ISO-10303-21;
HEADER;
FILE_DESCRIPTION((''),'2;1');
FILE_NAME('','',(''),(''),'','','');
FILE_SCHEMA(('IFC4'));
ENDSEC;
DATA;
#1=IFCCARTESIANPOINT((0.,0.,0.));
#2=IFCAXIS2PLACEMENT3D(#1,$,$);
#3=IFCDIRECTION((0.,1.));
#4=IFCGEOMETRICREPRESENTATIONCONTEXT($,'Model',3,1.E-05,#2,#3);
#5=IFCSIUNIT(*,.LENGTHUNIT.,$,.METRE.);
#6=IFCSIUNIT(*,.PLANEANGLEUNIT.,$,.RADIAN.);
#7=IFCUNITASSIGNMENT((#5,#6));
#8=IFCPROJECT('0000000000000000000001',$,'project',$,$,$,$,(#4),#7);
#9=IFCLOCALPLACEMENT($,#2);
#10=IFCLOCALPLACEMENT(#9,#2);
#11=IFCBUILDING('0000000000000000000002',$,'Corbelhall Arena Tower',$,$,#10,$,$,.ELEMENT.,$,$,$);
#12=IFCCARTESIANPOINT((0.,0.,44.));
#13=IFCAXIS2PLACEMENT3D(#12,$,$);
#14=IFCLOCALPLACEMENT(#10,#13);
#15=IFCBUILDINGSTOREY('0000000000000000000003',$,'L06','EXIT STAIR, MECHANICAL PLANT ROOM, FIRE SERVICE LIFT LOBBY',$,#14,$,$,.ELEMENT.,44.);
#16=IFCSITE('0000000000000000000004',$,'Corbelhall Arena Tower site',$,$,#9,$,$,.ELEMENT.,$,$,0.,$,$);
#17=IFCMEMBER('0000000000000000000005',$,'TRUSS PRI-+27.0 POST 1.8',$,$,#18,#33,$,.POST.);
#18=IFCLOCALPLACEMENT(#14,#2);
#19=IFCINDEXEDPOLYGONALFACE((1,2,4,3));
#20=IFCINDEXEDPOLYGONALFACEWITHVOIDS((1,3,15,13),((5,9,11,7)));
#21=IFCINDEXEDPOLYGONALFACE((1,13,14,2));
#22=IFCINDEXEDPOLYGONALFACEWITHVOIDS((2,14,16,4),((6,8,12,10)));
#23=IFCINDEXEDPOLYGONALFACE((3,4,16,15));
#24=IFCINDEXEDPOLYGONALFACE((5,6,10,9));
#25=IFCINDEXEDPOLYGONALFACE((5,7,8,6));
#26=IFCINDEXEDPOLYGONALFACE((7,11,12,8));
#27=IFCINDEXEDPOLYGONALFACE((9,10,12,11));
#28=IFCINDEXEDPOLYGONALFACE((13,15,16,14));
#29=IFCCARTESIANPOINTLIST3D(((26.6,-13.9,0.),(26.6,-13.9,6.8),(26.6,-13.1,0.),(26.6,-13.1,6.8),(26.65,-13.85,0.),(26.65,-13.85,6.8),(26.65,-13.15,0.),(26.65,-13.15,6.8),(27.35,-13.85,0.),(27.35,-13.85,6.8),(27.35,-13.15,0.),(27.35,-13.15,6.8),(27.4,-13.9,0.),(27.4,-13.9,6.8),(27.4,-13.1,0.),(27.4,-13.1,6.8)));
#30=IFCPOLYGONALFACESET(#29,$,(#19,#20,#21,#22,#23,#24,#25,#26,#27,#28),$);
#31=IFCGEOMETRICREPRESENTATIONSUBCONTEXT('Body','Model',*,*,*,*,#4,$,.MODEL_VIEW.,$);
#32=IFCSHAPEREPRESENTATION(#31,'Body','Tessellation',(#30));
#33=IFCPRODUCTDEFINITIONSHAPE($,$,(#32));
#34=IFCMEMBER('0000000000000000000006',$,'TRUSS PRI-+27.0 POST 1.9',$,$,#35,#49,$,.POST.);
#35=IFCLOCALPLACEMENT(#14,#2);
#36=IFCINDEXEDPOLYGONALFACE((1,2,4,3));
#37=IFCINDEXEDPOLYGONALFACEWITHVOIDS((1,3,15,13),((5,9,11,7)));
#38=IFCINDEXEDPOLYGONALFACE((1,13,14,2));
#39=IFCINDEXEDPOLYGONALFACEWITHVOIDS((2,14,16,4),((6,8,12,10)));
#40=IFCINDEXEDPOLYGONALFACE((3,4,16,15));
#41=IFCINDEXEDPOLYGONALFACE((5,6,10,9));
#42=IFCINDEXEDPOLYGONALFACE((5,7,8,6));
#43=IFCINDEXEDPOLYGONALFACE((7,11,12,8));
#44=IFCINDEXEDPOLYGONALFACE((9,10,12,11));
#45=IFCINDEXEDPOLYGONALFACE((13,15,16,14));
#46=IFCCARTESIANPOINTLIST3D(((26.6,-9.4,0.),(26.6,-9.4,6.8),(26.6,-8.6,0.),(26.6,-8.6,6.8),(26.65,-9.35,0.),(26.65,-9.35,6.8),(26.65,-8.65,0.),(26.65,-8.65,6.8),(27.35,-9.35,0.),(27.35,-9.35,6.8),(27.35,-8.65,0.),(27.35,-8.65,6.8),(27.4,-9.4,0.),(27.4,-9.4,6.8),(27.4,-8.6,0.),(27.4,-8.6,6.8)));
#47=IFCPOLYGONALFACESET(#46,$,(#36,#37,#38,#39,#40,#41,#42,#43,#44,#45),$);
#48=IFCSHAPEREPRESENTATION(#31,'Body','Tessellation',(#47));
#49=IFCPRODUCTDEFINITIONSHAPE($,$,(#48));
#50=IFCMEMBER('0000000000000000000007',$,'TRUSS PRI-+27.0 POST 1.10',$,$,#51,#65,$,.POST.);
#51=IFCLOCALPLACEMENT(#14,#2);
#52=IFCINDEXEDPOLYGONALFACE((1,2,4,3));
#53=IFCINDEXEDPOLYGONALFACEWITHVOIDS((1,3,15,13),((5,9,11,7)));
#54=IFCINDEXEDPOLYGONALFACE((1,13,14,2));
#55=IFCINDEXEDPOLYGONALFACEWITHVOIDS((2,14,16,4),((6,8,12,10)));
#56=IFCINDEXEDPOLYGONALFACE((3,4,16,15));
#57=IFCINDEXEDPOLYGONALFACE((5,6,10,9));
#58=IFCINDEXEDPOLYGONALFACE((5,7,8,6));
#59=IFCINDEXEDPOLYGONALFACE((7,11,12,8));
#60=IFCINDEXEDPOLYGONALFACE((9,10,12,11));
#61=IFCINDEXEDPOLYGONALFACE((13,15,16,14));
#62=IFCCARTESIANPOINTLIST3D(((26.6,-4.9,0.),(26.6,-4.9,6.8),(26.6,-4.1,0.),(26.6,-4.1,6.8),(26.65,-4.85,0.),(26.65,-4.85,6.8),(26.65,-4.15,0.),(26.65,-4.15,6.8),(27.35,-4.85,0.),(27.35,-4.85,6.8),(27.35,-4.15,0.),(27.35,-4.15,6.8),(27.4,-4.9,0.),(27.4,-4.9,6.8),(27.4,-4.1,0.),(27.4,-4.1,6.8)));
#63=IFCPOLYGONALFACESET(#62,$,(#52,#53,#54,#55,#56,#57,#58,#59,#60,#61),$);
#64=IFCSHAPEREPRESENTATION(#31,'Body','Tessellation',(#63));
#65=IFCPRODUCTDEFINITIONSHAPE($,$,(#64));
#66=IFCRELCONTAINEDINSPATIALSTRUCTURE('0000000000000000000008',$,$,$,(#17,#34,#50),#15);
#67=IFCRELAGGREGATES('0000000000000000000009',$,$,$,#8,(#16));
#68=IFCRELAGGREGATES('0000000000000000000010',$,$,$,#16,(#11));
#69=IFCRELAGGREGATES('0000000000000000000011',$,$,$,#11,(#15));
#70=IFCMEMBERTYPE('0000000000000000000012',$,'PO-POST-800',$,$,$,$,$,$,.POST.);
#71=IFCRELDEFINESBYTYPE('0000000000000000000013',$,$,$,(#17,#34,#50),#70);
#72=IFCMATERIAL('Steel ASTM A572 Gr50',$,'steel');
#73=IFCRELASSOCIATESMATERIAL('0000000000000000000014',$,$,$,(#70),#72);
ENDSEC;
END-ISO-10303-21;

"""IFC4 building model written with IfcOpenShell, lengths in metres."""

from ifc_helpers import new_model, si_unit, direction, frame, origin, origin_2d, place, context, subcontext, project, spatial, hollow_rectangle, extrude, material, material_profile, profile_set, type_object, element, save


model = new_model("IFC4")

# Units and contexts
model_context = context("Model", 3, precision=1e-05, world=origin(), true_north=direction((0.0, 1.0)))
body_context = subcontext(model_context, "Body", "Model", "MODEL_VIEW")
ifc_project = project(units=[si_unit("LENGTHUNIT", "METRE"), si_unit("PLANEANGLEUNIT", "RADIAN")], contexts=[model_context])

# Site, building, storey
site_placement = place(None, origin())
site = spatial("IfcSite", under=ifc_project, at=site_placement, Name="Corbelhall Arena Tower site", CompositionType="ELEMENT", RefElevation=0.0)
building_placement = place(site_placement, origin())
building = spatial("IfcBuilding", under=site, at=building_placement, Name="Corbelhall Arena Tower", CompositionType="ELEMENT")
storey_placement = place(building_placement, frame((0.0, 0.0, 44.0)))
storey = spatial("IfcBuildingStorey", under=building, at=storey_placement, Name="L06", Description="EXIT STAIR, MECHANICAL PLANT ROOM, FIRE SERVICE LIFT LOBBY", CompositionType="ELEMENT", Elevation=44.0)

# Members
ifc_material = material(Name="Steel ASTM A572 Gr50", Category="steel")
ifc_material_profile_1 = material_profile(ifc_material, hollow_rectangle(XDim=0.8, YDim=0.8, WallThickness=0.05, at=origin_2d()))
ifc_profile_set_1 = profile_set([ifc_material_profile_1], Name="Steel ASTM A572 Gr50")
member_type_1 = type_object("IfcMemberType", Name="PO-POST-800", PredefinedType="POST", material=ifc_profile_set_1)
for number, where, z_axis, x_axis, name in (
    (1, (27.0, -13.5, 0.0), (0.0, 0.0, 1.0), (1.0, 0.0, 0.0), "TRUSS PRI-+27.0 POST 1.8"),
    (2, (27.0, -9.0, 0.0), (0.0, 0.0, 1.0), (1.0, 0.0, 0.0), "TRUSS PRI-+27.0 POST 1.9"),
    (3, (27.0, -4.5, 0.0), (0.0, 0.0, 1.0), (1.0, 0.0, 0.0), "TRUSS PRI-+27.0 POST 1.10"),
):
    element("IfcMember", number, at=place(storey_placement, frame(where, z_axis=z_axis, x_axis=x_axis)), inside=storey, type_object=member_type_1, Name=name, PredefinedType="POST", context=body_context, shape_type="SweptSolid", body=[
        extrude(hollow_rectangle(XDim=0.8, YDim=0.8, WallThickness=0.05, at=origin_2d()), origin(), (0.0, 0.0, 1.0), 6.8),
    ])

save(model, "model.ifc")
